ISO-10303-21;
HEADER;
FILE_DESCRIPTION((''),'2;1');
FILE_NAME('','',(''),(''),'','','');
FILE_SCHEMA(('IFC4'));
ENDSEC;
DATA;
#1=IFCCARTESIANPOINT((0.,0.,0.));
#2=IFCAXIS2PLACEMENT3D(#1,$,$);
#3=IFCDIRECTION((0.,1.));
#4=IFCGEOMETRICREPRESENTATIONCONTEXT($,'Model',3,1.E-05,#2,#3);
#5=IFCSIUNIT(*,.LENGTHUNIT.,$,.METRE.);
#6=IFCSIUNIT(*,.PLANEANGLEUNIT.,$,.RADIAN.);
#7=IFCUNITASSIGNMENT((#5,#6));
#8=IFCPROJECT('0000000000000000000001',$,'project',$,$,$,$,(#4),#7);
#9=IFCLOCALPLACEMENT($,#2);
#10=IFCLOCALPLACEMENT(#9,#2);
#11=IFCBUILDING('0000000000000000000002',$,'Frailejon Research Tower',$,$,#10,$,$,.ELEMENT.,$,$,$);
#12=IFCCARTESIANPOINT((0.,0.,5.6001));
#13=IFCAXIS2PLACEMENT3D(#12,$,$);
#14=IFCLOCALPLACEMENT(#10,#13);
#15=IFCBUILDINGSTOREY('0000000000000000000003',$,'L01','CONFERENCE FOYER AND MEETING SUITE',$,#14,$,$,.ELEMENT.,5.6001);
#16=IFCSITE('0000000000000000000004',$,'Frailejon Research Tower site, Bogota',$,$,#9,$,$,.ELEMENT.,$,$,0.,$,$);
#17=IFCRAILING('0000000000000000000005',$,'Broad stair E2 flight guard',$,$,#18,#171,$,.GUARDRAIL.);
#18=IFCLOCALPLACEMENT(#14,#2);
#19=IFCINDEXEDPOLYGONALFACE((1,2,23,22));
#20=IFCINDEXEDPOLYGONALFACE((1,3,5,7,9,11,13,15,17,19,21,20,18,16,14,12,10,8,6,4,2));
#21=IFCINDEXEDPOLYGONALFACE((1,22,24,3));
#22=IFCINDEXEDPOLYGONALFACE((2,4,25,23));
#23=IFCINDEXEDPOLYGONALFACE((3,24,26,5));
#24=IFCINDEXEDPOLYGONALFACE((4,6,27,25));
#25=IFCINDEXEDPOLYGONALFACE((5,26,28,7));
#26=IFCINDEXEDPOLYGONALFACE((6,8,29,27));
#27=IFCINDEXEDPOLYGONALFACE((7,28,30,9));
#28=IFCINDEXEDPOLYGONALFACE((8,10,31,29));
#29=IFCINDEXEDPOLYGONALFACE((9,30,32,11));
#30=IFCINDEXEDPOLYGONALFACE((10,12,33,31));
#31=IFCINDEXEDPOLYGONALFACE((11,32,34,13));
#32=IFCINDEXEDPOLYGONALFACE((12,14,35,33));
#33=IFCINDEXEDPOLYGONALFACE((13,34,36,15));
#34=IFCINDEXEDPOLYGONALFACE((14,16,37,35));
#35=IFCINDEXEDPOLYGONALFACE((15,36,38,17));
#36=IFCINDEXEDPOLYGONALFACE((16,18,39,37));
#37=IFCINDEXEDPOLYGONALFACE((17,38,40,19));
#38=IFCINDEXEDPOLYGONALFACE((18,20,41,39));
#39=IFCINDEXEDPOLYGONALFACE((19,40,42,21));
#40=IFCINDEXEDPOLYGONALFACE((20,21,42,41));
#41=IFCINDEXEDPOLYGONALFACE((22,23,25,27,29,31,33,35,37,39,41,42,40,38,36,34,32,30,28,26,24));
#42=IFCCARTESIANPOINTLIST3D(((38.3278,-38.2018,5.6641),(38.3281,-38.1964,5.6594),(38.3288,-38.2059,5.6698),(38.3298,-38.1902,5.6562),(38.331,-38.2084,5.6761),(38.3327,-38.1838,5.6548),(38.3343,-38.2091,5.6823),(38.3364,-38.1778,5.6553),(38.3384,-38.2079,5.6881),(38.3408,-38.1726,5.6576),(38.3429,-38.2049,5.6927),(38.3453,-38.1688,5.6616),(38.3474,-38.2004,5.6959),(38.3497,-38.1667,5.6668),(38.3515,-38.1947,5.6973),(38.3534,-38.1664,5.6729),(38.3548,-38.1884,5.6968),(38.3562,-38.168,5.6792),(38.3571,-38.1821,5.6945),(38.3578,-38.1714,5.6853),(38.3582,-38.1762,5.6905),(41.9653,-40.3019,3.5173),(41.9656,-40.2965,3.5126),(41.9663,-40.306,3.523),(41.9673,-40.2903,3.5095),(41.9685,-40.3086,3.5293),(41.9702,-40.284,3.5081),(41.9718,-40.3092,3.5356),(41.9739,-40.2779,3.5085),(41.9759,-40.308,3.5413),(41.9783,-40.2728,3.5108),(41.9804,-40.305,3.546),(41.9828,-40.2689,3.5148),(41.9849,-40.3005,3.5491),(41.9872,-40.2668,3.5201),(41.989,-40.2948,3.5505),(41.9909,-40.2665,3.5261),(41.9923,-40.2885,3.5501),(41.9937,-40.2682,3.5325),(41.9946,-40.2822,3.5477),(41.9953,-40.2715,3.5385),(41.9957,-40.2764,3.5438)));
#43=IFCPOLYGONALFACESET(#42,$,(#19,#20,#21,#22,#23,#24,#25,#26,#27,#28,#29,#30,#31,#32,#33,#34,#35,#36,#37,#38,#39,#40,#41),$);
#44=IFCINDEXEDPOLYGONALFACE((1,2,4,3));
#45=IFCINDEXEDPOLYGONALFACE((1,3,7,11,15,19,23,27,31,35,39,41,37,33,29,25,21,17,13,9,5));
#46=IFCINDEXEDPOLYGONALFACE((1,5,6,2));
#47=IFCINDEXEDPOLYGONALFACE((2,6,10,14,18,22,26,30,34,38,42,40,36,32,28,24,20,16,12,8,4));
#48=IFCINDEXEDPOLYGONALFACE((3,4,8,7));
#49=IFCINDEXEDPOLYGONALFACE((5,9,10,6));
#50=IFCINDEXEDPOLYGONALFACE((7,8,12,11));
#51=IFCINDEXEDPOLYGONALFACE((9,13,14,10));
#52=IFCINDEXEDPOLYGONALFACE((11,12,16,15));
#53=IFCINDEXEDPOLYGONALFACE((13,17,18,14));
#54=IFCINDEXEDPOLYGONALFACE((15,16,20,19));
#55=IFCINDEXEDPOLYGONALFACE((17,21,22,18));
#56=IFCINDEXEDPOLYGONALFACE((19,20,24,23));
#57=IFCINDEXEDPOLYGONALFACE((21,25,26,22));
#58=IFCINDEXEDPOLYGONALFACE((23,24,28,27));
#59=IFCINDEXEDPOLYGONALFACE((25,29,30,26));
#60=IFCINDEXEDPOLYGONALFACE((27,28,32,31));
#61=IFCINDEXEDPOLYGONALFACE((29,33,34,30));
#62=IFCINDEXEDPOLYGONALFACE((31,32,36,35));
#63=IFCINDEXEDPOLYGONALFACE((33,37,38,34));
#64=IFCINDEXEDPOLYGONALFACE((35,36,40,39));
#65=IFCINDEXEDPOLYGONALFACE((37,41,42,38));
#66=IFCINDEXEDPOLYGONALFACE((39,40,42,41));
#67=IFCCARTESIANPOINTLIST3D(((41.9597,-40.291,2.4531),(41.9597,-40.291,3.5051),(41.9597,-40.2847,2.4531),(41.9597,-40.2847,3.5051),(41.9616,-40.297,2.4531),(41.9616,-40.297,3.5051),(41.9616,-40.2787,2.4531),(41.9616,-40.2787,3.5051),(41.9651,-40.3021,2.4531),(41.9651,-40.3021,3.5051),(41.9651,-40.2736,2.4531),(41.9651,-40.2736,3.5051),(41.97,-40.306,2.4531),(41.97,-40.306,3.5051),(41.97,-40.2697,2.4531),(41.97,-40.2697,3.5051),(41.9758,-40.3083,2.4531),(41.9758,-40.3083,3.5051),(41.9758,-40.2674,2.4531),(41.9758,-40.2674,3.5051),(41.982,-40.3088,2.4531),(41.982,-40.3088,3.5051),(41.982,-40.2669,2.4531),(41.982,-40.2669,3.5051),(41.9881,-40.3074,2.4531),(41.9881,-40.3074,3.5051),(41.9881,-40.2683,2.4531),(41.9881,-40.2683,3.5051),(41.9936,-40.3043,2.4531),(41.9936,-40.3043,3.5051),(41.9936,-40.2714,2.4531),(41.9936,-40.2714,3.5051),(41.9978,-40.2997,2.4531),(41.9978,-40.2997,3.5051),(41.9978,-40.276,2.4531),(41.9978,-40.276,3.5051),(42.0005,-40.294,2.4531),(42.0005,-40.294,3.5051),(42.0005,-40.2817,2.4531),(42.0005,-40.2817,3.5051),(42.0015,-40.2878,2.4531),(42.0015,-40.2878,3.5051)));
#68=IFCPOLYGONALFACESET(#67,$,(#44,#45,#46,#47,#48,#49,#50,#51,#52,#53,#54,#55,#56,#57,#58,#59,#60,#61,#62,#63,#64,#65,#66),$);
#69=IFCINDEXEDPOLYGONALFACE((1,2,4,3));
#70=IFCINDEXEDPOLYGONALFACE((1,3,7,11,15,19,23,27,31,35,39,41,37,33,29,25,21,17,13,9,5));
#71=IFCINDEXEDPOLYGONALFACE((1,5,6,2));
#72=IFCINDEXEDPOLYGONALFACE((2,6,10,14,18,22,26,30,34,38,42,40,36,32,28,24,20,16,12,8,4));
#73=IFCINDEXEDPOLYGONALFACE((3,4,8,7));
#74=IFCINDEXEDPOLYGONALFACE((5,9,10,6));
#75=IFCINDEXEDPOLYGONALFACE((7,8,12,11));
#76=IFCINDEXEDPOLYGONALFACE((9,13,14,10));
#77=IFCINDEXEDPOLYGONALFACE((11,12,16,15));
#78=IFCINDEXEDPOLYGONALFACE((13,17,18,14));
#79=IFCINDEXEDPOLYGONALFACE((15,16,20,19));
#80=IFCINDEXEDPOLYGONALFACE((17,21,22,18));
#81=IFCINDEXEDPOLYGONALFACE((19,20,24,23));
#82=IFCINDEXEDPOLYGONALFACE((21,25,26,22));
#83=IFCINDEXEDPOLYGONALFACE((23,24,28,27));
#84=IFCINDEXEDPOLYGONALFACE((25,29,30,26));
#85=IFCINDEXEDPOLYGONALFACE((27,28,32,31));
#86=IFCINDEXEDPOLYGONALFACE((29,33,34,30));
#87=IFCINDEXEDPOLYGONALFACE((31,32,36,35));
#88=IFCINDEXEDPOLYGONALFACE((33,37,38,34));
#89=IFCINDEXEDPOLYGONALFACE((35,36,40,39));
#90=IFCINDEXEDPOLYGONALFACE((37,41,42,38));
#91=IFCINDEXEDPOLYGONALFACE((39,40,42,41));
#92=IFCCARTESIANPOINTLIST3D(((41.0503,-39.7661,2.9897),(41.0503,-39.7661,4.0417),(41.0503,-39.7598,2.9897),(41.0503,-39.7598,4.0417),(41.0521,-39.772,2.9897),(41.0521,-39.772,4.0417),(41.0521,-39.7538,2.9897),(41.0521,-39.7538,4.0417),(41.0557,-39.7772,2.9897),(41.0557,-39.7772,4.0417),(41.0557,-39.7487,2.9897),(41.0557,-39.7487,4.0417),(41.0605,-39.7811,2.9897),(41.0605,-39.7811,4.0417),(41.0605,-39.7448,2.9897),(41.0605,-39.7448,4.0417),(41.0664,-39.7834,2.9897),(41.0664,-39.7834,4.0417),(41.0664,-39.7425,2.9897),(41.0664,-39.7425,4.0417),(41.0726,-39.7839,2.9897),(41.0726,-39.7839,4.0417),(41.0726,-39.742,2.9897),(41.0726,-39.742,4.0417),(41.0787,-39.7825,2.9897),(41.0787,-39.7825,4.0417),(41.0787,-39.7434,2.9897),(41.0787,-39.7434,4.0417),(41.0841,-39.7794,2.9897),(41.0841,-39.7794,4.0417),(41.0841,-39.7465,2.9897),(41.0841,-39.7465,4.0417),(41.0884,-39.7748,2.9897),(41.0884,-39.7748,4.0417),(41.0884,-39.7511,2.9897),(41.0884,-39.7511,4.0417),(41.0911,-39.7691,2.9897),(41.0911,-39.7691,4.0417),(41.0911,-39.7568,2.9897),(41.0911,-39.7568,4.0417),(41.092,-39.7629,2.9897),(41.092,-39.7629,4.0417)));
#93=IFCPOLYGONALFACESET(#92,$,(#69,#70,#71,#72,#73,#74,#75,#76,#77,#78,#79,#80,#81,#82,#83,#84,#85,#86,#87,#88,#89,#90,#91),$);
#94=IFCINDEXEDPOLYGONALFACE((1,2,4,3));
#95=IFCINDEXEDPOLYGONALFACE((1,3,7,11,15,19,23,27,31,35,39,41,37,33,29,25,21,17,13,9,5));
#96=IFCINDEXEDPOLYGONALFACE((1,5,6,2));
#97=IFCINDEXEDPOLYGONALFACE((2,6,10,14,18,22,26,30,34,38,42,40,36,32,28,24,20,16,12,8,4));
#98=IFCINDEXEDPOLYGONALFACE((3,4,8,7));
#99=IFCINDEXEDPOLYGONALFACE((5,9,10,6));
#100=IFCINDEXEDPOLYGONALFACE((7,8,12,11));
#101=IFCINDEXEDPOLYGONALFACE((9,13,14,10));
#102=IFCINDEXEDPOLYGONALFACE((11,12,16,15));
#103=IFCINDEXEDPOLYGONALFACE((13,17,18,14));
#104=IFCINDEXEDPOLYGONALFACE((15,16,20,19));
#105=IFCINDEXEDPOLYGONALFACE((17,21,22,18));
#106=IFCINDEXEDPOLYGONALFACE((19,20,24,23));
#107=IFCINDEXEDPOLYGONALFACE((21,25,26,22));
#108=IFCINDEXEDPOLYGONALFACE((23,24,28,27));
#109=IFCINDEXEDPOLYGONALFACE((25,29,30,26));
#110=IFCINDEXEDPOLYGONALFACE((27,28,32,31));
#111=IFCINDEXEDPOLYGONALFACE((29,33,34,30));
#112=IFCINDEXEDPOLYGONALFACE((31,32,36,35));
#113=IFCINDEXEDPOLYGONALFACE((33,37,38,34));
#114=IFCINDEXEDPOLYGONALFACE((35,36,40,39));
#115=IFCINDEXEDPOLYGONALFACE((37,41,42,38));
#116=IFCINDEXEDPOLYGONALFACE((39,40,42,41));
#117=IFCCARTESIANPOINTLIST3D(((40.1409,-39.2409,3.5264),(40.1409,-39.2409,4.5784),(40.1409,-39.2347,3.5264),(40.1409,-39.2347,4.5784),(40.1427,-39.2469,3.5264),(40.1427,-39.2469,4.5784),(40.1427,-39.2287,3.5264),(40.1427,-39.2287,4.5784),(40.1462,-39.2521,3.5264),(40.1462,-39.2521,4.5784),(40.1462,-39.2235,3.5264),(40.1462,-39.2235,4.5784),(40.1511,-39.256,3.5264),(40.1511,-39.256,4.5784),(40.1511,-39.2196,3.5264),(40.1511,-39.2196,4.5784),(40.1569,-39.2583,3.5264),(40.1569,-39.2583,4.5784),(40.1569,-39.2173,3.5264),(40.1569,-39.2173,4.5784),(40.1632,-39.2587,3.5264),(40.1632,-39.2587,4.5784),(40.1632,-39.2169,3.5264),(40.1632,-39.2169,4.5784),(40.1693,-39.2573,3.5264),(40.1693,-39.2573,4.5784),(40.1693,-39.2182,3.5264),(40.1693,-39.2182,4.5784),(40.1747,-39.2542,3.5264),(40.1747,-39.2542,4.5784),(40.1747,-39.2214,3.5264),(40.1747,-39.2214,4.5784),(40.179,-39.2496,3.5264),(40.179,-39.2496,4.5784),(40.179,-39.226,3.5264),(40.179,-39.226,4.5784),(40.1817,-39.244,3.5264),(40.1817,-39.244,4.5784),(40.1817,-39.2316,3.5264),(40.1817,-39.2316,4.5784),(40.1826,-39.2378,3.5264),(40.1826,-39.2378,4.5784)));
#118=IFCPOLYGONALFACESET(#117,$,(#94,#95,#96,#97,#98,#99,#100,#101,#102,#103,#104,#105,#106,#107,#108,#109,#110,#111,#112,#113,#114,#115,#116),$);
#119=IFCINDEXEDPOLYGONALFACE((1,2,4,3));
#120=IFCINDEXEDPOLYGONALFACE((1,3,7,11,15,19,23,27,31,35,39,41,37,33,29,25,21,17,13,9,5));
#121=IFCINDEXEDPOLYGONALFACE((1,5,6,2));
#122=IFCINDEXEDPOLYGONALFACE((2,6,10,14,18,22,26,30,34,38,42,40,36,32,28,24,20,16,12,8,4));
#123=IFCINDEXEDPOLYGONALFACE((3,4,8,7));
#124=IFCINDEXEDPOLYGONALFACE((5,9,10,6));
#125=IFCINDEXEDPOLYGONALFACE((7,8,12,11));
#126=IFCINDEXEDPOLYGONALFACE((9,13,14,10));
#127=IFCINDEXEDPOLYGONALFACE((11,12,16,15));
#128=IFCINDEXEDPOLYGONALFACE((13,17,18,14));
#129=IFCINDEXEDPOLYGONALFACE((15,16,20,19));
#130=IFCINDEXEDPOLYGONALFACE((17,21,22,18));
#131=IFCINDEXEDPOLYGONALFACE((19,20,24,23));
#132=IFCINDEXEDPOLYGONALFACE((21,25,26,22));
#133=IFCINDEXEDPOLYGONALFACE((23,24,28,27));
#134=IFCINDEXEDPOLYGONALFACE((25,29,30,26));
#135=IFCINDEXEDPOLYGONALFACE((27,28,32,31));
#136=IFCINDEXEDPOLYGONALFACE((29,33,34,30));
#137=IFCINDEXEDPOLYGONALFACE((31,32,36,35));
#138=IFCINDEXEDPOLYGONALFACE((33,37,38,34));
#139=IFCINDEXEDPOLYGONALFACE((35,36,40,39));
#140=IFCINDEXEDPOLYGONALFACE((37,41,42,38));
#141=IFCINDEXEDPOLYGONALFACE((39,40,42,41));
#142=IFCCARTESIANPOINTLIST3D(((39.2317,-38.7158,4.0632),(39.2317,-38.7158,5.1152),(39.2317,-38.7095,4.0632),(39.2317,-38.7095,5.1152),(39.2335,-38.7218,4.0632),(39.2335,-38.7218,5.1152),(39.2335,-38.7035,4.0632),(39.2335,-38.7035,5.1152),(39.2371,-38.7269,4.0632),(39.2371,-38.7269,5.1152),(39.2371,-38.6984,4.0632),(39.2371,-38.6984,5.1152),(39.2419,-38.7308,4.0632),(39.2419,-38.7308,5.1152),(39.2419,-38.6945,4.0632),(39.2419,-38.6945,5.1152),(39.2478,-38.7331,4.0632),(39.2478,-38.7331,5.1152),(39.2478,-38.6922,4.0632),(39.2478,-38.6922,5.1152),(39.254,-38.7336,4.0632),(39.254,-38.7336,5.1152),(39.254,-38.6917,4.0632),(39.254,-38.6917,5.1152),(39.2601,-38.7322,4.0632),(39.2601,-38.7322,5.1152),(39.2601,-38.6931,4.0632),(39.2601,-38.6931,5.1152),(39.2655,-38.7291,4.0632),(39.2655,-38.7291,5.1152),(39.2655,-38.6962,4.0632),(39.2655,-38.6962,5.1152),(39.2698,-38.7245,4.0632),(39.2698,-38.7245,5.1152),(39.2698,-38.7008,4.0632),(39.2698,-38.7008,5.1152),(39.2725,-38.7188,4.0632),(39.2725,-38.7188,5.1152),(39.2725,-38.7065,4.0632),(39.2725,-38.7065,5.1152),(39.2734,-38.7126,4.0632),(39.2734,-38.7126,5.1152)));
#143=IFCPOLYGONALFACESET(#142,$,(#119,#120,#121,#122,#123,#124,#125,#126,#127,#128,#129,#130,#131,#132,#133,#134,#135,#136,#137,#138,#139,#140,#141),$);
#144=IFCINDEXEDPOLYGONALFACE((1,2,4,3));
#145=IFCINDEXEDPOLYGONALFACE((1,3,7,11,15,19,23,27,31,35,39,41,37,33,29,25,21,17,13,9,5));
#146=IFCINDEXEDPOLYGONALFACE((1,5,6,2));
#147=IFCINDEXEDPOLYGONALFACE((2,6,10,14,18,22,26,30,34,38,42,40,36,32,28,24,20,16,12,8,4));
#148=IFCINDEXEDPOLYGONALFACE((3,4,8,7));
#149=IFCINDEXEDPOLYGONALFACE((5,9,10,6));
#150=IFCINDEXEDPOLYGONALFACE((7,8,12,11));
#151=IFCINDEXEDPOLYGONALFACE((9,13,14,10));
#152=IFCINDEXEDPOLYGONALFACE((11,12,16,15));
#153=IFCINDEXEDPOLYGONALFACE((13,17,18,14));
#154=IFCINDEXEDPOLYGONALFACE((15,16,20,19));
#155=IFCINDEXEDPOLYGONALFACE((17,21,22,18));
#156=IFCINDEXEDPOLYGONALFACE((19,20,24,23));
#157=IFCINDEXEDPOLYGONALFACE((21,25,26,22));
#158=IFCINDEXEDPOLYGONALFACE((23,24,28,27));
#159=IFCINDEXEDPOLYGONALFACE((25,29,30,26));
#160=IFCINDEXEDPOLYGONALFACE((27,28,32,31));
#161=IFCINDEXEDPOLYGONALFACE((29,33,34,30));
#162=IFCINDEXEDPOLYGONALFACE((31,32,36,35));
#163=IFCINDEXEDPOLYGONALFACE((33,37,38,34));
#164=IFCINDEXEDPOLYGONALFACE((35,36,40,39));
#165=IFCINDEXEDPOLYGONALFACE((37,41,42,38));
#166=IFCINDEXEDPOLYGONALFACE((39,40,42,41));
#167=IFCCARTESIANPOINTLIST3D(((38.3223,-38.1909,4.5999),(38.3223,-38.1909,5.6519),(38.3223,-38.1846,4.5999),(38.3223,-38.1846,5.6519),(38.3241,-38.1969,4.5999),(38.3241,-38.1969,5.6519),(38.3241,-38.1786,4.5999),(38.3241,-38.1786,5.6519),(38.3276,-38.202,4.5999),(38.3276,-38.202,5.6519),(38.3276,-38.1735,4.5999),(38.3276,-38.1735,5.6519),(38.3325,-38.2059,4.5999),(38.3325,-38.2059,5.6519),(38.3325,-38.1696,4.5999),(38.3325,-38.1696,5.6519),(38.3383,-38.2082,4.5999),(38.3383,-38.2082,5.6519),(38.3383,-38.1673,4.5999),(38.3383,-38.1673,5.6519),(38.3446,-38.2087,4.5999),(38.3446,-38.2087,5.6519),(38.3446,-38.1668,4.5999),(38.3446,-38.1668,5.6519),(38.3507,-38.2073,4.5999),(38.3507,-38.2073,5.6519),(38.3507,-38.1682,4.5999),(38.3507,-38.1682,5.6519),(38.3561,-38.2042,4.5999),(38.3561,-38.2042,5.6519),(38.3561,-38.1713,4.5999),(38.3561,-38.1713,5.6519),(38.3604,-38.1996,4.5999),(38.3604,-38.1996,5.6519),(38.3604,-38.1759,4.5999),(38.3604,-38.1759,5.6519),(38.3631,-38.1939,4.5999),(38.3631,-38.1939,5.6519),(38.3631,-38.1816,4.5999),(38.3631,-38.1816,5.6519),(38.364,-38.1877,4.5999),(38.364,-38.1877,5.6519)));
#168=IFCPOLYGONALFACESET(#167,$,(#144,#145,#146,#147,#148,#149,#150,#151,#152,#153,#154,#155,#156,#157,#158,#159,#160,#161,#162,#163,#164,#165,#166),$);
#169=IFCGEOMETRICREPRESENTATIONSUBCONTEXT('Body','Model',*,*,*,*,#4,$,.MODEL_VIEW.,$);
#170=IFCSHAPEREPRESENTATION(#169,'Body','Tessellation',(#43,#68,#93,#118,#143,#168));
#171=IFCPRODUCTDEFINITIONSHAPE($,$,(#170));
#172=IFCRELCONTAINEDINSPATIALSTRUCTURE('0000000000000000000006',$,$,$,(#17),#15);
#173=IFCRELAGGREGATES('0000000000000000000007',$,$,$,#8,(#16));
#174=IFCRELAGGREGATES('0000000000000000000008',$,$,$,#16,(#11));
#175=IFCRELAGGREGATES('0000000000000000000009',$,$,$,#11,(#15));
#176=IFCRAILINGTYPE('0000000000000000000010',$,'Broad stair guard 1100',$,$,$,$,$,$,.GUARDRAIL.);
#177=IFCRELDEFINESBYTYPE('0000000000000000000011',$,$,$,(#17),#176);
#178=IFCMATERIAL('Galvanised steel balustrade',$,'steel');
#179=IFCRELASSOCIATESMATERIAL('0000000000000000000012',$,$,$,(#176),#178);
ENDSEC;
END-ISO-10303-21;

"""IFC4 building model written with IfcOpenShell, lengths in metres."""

from ifc_helpers import new_model, si_unit, direction, frame, origin, origin_2d, place, context, subcontext, project, spatial, circle, extrude, material, type_object, element, save


model = new_model("IFC4")

# Units and contexts
model_context = context("Model", 3, precision=1e-05, world=origin(), true_north=direction((0.0, 1.0)))
body_context = subcontext(model_context, "Body", "Model", "MODEL_VIEW")
ifc_project = project(units=[si_unit("LENGTHUNIT", "METRE"), si_unit("PLANEANGLEUNIT", "RADIAN")], contexts=[model_context])

# Site, building, storey
site_placement = place(None, origin())
site = spatial("IfcSite", under=ifc_project, at=site_placement, Name="Frailejon Research Tower site, Bogota", CompositionType="ELEMENT", RefElevation=0.0)
building_placement = place(site_placement, origin())
building = spatial("IfcBuilding", under=site, at=building_placement, Name="Frailejon Research Tower", CompositionType="ELEMENT")
storey_placement = place(building_placement, frame((0.0, 0.0, 5.6001)))
storey = spatial("IfcBuildingStorey", under=building, at=storey_placement, Name="L01", Description="CONFERENCE FOYER AND MEETING SUITE", CompositionType="ELEMENT", Elevation=5.6001)

# Railing
ifc_material_1 = material(Name="Galvanised steel balustrade", Category="steel")
railing_type_1 = type_object("IfcRailingType", Name="Broad stair guard 1100", PredefinedType="GUARDRAIL", material=ifc_material_1)
railing_1_placement = place(storey_placement, frame((41.9805, -40.2878, 2.4531)))
element("IfcRailing", 1, at=railing_1_placement, inside=storey, type_object=railing_type_1, Name="Broad stair E2 flight guard", PredefinedType="GUARDRAIL", context=body_context, shape_type="SweptSolid", body=[
    extrude(circle(Radius=0.0239, at=origin_2d()), frame((0.0, 0.0, 1.0762), z_axis=(-0.77114, 0.445221, 0.455107), x_axis=(-0.500003, -0.866024, 0.0)), (0.0, 0.0, 1.0), 4.717),
    extrude(circle(Radius=0.021, at=origin_2d()), origin(), (0.0, 0.0, 1.0), 1.052),
    extrude(circle(Radius=0.021, at=origin_2d()), frame((-0.9094, 0.5249, 0.5366)), (0.0, 0.0, 1.0), 1.052),
    extrude(circle(Radius=0.021, at=origin_2d()), frame((-1.8188, 1.05, 1.0732)), (0.0, 0.0, 1.0), 1.052),
    extrude(circle(Radius=0.021, at=origin_2d()), frame((-2.728, 1.5752, 1.6101)), (0.0, 0.0, 1.0), 1.052),
    extrude(circle(Radius=0.021, at=origin_2d()), frame((-3.6375, 2.1001, 2.1467)), (0.0, 0.0, 1.0), 1.052),
])

save(model, "model.ifc")
